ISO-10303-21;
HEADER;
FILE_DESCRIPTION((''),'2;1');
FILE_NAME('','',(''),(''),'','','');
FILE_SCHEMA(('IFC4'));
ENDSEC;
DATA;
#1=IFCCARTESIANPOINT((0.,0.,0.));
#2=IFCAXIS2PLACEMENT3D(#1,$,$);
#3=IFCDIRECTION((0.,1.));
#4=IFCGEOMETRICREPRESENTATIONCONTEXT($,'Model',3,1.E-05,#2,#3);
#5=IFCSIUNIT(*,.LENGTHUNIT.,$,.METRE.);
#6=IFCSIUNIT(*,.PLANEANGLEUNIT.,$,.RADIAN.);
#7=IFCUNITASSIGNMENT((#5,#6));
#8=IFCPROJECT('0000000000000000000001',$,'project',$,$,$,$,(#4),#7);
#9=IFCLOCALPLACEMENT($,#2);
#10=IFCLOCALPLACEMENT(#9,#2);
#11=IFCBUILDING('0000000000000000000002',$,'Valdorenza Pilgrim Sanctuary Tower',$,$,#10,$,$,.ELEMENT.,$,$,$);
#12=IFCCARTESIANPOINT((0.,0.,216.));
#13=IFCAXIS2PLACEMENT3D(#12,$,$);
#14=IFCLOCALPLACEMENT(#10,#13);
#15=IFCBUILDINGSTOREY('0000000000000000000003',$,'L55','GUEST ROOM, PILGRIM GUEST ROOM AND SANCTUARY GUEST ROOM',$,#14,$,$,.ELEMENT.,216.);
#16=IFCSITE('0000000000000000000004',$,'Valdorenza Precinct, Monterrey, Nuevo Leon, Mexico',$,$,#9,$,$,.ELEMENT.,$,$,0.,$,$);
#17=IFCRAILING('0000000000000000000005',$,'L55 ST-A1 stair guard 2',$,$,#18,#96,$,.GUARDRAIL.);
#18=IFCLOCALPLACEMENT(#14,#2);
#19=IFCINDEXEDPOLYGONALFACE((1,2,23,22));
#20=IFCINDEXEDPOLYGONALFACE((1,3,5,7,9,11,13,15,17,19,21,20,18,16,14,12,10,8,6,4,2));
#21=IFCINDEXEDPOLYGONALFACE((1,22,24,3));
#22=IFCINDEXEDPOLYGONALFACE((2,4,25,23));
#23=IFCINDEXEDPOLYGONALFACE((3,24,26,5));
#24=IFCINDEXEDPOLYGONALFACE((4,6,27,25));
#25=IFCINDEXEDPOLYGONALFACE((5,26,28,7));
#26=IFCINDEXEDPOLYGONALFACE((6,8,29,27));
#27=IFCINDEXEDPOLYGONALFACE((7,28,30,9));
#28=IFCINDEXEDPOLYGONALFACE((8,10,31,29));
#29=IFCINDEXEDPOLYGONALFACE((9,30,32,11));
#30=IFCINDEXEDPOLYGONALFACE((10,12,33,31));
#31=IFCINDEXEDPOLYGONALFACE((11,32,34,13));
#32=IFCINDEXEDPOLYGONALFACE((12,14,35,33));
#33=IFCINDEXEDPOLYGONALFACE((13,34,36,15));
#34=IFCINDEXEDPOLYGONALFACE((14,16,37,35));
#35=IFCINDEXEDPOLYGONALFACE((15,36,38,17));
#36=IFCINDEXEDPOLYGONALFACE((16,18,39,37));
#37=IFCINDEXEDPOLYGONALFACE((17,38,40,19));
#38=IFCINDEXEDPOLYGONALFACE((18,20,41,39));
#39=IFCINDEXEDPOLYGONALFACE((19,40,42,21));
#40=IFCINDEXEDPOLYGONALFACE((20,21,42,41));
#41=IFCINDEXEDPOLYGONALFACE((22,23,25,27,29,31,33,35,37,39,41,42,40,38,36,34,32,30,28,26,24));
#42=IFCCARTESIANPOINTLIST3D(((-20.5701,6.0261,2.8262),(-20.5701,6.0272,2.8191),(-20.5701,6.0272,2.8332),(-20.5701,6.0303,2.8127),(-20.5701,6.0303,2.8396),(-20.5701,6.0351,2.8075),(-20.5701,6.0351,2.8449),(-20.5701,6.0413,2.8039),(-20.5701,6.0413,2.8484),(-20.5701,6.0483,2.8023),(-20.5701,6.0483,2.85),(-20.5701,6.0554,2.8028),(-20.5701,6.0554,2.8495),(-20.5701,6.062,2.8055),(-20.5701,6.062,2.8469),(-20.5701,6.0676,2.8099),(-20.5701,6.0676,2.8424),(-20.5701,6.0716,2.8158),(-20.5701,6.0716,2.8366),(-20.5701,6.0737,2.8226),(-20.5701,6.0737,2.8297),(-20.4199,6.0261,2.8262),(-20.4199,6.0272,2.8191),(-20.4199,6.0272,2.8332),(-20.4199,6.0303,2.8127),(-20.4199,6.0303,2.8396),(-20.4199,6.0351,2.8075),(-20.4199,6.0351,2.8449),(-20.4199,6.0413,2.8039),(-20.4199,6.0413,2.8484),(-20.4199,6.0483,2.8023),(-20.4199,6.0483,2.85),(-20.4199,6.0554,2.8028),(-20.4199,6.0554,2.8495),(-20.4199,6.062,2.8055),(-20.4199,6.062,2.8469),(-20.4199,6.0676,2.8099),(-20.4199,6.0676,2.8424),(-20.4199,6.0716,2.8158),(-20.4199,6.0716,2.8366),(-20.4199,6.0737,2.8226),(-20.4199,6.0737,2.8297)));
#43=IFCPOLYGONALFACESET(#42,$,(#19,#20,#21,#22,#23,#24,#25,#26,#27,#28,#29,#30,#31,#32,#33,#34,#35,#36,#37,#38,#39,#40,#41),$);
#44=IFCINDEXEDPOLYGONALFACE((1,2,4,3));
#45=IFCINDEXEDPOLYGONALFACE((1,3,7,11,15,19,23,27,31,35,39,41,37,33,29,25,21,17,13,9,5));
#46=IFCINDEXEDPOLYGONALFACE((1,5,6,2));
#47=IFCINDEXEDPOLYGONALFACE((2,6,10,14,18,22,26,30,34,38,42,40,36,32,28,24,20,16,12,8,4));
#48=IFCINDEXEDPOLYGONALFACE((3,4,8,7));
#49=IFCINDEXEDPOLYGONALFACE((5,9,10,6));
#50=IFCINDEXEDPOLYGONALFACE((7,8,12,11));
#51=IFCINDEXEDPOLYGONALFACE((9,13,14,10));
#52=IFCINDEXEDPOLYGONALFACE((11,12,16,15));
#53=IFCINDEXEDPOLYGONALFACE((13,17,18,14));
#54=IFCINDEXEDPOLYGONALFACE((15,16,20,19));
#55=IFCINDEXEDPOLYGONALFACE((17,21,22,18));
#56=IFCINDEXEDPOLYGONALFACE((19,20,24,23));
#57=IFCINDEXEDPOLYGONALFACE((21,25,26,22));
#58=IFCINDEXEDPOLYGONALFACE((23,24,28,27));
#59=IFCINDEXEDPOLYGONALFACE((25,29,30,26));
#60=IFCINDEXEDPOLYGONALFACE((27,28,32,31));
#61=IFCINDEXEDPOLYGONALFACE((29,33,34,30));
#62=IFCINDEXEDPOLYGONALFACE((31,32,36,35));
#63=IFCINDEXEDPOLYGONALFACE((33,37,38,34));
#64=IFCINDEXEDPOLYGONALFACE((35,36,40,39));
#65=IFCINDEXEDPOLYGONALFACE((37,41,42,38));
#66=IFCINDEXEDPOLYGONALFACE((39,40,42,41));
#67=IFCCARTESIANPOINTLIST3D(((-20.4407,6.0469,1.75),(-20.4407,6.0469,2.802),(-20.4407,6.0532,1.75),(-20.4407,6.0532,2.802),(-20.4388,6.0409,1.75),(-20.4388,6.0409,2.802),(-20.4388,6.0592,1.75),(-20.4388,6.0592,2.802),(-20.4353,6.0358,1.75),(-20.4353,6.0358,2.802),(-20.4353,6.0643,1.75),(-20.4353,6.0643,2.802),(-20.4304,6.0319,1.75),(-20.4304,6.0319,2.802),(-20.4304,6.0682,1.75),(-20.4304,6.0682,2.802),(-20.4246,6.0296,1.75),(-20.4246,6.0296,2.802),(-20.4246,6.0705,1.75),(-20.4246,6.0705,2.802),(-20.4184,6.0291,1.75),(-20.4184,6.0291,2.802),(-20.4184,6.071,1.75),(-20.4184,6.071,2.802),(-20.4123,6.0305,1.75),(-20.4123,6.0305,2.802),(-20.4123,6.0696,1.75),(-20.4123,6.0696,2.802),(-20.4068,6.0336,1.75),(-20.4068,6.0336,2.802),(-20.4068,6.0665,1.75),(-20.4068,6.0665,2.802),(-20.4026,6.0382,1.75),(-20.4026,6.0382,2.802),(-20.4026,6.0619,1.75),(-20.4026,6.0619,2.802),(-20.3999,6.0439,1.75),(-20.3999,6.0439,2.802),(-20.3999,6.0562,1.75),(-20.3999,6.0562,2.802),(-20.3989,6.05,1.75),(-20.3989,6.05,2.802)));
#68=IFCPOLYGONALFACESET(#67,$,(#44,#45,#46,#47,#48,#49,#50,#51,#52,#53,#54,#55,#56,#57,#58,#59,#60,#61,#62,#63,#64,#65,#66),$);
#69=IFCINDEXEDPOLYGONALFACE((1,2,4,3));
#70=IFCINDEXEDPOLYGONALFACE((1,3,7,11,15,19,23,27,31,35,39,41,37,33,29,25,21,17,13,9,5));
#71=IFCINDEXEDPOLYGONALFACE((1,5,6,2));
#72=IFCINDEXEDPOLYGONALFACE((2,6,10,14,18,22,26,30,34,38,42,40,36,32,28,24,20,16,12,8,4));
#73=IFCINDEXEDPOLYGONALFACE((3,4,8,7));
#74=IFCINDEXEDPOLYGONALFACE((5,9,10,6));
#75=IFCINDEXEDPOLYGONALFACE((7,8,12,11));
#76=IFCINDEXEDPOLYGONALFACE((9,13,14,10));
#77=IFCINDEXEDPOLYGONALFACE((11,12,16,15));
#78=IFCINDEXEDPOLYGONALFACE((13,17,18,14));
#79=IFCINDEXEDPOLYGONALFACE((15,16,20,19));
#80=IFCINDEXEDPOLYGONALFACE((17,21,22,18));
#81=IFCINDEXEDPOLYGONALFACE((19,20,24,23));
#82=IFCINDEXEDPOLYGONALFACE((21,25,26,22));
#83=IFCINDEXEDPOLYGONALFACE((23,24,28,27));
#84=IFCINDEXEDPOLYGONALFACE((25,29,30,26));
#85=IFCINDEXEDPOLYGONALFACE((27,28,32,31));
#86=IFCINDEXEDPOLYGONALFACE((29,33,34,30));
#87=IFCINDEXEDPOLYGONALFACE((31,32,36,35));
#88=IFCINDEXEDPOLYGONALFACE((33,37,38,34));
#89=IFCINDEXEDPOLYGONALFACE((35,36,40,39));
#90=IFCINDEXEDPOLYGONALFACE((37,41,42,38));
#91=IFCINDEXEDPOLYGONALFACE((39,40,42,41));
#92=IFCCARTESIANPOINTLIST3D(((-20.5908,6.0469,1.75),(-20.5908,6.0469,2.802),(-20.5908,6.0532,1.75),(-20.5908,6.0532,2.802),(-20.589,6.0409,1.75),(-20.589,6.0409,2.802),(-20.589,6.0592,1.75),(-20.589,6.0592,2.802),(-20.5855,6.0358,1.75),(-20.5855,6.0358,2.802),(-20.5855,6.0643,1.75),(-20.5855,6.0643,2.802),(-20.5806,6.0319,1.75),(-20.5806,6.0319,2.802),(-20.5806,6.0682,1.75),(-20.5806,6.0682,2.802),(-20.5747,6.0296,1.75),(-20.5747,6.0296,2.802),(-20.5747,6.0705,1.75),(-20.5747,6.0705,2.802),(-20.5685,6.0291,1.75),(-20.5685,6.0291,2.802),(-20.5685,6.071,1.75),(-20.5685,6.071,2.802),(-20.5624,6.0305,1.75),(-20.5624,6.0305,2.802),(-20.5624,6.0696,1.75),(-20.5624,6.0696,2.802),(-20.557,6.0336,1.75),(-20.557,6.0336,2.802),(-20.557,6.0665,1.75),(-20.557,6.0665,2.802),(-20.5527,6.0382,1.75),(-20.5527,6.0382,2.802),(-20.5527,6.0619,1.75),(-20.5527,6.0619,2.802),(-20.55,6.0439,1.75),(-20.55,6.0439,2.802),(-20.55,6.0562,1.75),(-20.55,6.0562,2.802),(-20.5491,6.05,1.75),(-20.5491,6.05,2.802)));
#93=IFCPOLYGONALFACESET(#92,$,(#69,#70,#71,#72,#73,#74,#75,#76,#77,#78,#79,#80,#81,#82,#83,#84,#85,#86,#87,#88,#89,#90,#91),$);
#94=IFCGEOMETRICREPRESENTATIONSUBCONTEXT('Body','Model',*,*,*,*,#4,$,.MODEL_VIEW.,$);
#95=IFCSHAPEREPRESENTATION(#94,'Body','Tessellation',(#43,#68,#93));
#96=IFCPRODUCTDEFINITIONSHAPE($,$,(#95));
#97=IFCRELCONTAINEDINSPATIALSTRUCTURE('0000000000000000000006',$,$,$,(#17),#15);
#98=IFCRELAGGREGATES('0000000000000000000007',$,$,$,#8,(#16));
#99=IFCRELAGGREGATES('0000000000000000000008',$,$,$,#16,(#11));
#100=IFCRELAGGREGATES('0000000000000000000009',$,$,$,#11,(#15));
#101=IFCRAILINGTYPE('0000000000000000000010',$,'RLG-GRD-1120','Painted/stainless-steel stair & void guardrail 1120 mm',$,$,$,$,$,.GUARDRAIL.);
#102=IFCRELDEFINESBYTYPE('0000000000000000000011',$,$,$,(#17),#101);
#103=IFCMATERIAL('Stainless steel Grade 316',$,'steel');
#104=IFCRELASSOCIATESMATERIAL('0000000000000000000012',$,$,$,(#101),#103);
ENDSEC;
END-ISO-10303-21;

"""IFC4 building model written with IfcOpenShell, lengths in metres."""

from ifc_helpers import new_model, si_unit, direction, frame, origin, origin_2d, place, context, subcontext, project, spatial, circle, extrude, material, type_object, element, save


model = new_model("IFC4")

# Units and contexts
model_context = context("Model", 3, precision=1e-05, world=origin(), true_north=direction((0.0, 1.0)))
body_context = subcontext(model_context, "Body", "Model", "MODEL_VIEW")
ifc_project = project(units=[si_unit("LENGTHUNIT", "METRE"), si_unit("PLANEANGLEUNIT", "RADIAN")], contexts=[model_context])

# Site, building, storey
site_placement = place(None, origin())
site = spatial("IfcSite", under=ifc_project, at=site_placement, Name="Valdorenza Precinct, Monterrey, Nuevo Leon, Mexico", CompositionType="ELEMENT", RefElevation=0.0)
building_placement = place(site_placement, origin())
building = spatial("IfcBuilding", under=site, at=building_placement, Name="Valdorenza Pilgrim Sanctuary Tower", CompositionType="ELEMENT")
storey_placement = place(building_placement, frame((0.0, 0.0, 216.0)))
storey = spatial("IfcBuildingStorey", under=building, at=storey_placement, Name="L55", Description="GUEST ROOM, PILGRIM GUEST ROOM AND SANCTUARY GUEST ROOM", CompositionType="ELEMENT", Elevation=216.0)

# Railing
ifc_material_1 = material(Name="Stainless steel Grade 316", Category="steel")
railing_type_1 = type_object("IfcRailingType", Name="RLG-GRD-1120", Description="Painted/stainless-steel stair & void guardrail 1120 mm", PredefinedType="GUARDRAIL", material=ifc_material_1)
railing_1_placement = place(storey_placement, frame((-20.4199, 6.05, 1.75)))
element("IfcRailing", 1, at=railing_1_placement, inside=storey, type_object=railing_type_1, Name="L55 ST-A1 stair guard 2", PredefinedType="GUARDRAIL", context=body_context, shape_type="SweptSolid", body=[
    extrude(circle(Radius=0.0239, at=origin_2d()), frame((0.0, 0.0, 1.0762), z_axis=(-1.0, 0.0, 0.0), x_axis=(0.0, -1.0, 0.0)), (0.0, 0.0, 1.0), 0.1501),
    extrude(circle(Radius=0.021, at=origin_2d()), origin(), (0.0, 0.0, 1.0), 1.052),
    extrude(circle(Radius=0.021, at=origin_2d()), frame((-0.1501, 0.0, 0.0)), (0.0, 0.0, 1.0), 1.052),
])

save(model, "model.ifc")
